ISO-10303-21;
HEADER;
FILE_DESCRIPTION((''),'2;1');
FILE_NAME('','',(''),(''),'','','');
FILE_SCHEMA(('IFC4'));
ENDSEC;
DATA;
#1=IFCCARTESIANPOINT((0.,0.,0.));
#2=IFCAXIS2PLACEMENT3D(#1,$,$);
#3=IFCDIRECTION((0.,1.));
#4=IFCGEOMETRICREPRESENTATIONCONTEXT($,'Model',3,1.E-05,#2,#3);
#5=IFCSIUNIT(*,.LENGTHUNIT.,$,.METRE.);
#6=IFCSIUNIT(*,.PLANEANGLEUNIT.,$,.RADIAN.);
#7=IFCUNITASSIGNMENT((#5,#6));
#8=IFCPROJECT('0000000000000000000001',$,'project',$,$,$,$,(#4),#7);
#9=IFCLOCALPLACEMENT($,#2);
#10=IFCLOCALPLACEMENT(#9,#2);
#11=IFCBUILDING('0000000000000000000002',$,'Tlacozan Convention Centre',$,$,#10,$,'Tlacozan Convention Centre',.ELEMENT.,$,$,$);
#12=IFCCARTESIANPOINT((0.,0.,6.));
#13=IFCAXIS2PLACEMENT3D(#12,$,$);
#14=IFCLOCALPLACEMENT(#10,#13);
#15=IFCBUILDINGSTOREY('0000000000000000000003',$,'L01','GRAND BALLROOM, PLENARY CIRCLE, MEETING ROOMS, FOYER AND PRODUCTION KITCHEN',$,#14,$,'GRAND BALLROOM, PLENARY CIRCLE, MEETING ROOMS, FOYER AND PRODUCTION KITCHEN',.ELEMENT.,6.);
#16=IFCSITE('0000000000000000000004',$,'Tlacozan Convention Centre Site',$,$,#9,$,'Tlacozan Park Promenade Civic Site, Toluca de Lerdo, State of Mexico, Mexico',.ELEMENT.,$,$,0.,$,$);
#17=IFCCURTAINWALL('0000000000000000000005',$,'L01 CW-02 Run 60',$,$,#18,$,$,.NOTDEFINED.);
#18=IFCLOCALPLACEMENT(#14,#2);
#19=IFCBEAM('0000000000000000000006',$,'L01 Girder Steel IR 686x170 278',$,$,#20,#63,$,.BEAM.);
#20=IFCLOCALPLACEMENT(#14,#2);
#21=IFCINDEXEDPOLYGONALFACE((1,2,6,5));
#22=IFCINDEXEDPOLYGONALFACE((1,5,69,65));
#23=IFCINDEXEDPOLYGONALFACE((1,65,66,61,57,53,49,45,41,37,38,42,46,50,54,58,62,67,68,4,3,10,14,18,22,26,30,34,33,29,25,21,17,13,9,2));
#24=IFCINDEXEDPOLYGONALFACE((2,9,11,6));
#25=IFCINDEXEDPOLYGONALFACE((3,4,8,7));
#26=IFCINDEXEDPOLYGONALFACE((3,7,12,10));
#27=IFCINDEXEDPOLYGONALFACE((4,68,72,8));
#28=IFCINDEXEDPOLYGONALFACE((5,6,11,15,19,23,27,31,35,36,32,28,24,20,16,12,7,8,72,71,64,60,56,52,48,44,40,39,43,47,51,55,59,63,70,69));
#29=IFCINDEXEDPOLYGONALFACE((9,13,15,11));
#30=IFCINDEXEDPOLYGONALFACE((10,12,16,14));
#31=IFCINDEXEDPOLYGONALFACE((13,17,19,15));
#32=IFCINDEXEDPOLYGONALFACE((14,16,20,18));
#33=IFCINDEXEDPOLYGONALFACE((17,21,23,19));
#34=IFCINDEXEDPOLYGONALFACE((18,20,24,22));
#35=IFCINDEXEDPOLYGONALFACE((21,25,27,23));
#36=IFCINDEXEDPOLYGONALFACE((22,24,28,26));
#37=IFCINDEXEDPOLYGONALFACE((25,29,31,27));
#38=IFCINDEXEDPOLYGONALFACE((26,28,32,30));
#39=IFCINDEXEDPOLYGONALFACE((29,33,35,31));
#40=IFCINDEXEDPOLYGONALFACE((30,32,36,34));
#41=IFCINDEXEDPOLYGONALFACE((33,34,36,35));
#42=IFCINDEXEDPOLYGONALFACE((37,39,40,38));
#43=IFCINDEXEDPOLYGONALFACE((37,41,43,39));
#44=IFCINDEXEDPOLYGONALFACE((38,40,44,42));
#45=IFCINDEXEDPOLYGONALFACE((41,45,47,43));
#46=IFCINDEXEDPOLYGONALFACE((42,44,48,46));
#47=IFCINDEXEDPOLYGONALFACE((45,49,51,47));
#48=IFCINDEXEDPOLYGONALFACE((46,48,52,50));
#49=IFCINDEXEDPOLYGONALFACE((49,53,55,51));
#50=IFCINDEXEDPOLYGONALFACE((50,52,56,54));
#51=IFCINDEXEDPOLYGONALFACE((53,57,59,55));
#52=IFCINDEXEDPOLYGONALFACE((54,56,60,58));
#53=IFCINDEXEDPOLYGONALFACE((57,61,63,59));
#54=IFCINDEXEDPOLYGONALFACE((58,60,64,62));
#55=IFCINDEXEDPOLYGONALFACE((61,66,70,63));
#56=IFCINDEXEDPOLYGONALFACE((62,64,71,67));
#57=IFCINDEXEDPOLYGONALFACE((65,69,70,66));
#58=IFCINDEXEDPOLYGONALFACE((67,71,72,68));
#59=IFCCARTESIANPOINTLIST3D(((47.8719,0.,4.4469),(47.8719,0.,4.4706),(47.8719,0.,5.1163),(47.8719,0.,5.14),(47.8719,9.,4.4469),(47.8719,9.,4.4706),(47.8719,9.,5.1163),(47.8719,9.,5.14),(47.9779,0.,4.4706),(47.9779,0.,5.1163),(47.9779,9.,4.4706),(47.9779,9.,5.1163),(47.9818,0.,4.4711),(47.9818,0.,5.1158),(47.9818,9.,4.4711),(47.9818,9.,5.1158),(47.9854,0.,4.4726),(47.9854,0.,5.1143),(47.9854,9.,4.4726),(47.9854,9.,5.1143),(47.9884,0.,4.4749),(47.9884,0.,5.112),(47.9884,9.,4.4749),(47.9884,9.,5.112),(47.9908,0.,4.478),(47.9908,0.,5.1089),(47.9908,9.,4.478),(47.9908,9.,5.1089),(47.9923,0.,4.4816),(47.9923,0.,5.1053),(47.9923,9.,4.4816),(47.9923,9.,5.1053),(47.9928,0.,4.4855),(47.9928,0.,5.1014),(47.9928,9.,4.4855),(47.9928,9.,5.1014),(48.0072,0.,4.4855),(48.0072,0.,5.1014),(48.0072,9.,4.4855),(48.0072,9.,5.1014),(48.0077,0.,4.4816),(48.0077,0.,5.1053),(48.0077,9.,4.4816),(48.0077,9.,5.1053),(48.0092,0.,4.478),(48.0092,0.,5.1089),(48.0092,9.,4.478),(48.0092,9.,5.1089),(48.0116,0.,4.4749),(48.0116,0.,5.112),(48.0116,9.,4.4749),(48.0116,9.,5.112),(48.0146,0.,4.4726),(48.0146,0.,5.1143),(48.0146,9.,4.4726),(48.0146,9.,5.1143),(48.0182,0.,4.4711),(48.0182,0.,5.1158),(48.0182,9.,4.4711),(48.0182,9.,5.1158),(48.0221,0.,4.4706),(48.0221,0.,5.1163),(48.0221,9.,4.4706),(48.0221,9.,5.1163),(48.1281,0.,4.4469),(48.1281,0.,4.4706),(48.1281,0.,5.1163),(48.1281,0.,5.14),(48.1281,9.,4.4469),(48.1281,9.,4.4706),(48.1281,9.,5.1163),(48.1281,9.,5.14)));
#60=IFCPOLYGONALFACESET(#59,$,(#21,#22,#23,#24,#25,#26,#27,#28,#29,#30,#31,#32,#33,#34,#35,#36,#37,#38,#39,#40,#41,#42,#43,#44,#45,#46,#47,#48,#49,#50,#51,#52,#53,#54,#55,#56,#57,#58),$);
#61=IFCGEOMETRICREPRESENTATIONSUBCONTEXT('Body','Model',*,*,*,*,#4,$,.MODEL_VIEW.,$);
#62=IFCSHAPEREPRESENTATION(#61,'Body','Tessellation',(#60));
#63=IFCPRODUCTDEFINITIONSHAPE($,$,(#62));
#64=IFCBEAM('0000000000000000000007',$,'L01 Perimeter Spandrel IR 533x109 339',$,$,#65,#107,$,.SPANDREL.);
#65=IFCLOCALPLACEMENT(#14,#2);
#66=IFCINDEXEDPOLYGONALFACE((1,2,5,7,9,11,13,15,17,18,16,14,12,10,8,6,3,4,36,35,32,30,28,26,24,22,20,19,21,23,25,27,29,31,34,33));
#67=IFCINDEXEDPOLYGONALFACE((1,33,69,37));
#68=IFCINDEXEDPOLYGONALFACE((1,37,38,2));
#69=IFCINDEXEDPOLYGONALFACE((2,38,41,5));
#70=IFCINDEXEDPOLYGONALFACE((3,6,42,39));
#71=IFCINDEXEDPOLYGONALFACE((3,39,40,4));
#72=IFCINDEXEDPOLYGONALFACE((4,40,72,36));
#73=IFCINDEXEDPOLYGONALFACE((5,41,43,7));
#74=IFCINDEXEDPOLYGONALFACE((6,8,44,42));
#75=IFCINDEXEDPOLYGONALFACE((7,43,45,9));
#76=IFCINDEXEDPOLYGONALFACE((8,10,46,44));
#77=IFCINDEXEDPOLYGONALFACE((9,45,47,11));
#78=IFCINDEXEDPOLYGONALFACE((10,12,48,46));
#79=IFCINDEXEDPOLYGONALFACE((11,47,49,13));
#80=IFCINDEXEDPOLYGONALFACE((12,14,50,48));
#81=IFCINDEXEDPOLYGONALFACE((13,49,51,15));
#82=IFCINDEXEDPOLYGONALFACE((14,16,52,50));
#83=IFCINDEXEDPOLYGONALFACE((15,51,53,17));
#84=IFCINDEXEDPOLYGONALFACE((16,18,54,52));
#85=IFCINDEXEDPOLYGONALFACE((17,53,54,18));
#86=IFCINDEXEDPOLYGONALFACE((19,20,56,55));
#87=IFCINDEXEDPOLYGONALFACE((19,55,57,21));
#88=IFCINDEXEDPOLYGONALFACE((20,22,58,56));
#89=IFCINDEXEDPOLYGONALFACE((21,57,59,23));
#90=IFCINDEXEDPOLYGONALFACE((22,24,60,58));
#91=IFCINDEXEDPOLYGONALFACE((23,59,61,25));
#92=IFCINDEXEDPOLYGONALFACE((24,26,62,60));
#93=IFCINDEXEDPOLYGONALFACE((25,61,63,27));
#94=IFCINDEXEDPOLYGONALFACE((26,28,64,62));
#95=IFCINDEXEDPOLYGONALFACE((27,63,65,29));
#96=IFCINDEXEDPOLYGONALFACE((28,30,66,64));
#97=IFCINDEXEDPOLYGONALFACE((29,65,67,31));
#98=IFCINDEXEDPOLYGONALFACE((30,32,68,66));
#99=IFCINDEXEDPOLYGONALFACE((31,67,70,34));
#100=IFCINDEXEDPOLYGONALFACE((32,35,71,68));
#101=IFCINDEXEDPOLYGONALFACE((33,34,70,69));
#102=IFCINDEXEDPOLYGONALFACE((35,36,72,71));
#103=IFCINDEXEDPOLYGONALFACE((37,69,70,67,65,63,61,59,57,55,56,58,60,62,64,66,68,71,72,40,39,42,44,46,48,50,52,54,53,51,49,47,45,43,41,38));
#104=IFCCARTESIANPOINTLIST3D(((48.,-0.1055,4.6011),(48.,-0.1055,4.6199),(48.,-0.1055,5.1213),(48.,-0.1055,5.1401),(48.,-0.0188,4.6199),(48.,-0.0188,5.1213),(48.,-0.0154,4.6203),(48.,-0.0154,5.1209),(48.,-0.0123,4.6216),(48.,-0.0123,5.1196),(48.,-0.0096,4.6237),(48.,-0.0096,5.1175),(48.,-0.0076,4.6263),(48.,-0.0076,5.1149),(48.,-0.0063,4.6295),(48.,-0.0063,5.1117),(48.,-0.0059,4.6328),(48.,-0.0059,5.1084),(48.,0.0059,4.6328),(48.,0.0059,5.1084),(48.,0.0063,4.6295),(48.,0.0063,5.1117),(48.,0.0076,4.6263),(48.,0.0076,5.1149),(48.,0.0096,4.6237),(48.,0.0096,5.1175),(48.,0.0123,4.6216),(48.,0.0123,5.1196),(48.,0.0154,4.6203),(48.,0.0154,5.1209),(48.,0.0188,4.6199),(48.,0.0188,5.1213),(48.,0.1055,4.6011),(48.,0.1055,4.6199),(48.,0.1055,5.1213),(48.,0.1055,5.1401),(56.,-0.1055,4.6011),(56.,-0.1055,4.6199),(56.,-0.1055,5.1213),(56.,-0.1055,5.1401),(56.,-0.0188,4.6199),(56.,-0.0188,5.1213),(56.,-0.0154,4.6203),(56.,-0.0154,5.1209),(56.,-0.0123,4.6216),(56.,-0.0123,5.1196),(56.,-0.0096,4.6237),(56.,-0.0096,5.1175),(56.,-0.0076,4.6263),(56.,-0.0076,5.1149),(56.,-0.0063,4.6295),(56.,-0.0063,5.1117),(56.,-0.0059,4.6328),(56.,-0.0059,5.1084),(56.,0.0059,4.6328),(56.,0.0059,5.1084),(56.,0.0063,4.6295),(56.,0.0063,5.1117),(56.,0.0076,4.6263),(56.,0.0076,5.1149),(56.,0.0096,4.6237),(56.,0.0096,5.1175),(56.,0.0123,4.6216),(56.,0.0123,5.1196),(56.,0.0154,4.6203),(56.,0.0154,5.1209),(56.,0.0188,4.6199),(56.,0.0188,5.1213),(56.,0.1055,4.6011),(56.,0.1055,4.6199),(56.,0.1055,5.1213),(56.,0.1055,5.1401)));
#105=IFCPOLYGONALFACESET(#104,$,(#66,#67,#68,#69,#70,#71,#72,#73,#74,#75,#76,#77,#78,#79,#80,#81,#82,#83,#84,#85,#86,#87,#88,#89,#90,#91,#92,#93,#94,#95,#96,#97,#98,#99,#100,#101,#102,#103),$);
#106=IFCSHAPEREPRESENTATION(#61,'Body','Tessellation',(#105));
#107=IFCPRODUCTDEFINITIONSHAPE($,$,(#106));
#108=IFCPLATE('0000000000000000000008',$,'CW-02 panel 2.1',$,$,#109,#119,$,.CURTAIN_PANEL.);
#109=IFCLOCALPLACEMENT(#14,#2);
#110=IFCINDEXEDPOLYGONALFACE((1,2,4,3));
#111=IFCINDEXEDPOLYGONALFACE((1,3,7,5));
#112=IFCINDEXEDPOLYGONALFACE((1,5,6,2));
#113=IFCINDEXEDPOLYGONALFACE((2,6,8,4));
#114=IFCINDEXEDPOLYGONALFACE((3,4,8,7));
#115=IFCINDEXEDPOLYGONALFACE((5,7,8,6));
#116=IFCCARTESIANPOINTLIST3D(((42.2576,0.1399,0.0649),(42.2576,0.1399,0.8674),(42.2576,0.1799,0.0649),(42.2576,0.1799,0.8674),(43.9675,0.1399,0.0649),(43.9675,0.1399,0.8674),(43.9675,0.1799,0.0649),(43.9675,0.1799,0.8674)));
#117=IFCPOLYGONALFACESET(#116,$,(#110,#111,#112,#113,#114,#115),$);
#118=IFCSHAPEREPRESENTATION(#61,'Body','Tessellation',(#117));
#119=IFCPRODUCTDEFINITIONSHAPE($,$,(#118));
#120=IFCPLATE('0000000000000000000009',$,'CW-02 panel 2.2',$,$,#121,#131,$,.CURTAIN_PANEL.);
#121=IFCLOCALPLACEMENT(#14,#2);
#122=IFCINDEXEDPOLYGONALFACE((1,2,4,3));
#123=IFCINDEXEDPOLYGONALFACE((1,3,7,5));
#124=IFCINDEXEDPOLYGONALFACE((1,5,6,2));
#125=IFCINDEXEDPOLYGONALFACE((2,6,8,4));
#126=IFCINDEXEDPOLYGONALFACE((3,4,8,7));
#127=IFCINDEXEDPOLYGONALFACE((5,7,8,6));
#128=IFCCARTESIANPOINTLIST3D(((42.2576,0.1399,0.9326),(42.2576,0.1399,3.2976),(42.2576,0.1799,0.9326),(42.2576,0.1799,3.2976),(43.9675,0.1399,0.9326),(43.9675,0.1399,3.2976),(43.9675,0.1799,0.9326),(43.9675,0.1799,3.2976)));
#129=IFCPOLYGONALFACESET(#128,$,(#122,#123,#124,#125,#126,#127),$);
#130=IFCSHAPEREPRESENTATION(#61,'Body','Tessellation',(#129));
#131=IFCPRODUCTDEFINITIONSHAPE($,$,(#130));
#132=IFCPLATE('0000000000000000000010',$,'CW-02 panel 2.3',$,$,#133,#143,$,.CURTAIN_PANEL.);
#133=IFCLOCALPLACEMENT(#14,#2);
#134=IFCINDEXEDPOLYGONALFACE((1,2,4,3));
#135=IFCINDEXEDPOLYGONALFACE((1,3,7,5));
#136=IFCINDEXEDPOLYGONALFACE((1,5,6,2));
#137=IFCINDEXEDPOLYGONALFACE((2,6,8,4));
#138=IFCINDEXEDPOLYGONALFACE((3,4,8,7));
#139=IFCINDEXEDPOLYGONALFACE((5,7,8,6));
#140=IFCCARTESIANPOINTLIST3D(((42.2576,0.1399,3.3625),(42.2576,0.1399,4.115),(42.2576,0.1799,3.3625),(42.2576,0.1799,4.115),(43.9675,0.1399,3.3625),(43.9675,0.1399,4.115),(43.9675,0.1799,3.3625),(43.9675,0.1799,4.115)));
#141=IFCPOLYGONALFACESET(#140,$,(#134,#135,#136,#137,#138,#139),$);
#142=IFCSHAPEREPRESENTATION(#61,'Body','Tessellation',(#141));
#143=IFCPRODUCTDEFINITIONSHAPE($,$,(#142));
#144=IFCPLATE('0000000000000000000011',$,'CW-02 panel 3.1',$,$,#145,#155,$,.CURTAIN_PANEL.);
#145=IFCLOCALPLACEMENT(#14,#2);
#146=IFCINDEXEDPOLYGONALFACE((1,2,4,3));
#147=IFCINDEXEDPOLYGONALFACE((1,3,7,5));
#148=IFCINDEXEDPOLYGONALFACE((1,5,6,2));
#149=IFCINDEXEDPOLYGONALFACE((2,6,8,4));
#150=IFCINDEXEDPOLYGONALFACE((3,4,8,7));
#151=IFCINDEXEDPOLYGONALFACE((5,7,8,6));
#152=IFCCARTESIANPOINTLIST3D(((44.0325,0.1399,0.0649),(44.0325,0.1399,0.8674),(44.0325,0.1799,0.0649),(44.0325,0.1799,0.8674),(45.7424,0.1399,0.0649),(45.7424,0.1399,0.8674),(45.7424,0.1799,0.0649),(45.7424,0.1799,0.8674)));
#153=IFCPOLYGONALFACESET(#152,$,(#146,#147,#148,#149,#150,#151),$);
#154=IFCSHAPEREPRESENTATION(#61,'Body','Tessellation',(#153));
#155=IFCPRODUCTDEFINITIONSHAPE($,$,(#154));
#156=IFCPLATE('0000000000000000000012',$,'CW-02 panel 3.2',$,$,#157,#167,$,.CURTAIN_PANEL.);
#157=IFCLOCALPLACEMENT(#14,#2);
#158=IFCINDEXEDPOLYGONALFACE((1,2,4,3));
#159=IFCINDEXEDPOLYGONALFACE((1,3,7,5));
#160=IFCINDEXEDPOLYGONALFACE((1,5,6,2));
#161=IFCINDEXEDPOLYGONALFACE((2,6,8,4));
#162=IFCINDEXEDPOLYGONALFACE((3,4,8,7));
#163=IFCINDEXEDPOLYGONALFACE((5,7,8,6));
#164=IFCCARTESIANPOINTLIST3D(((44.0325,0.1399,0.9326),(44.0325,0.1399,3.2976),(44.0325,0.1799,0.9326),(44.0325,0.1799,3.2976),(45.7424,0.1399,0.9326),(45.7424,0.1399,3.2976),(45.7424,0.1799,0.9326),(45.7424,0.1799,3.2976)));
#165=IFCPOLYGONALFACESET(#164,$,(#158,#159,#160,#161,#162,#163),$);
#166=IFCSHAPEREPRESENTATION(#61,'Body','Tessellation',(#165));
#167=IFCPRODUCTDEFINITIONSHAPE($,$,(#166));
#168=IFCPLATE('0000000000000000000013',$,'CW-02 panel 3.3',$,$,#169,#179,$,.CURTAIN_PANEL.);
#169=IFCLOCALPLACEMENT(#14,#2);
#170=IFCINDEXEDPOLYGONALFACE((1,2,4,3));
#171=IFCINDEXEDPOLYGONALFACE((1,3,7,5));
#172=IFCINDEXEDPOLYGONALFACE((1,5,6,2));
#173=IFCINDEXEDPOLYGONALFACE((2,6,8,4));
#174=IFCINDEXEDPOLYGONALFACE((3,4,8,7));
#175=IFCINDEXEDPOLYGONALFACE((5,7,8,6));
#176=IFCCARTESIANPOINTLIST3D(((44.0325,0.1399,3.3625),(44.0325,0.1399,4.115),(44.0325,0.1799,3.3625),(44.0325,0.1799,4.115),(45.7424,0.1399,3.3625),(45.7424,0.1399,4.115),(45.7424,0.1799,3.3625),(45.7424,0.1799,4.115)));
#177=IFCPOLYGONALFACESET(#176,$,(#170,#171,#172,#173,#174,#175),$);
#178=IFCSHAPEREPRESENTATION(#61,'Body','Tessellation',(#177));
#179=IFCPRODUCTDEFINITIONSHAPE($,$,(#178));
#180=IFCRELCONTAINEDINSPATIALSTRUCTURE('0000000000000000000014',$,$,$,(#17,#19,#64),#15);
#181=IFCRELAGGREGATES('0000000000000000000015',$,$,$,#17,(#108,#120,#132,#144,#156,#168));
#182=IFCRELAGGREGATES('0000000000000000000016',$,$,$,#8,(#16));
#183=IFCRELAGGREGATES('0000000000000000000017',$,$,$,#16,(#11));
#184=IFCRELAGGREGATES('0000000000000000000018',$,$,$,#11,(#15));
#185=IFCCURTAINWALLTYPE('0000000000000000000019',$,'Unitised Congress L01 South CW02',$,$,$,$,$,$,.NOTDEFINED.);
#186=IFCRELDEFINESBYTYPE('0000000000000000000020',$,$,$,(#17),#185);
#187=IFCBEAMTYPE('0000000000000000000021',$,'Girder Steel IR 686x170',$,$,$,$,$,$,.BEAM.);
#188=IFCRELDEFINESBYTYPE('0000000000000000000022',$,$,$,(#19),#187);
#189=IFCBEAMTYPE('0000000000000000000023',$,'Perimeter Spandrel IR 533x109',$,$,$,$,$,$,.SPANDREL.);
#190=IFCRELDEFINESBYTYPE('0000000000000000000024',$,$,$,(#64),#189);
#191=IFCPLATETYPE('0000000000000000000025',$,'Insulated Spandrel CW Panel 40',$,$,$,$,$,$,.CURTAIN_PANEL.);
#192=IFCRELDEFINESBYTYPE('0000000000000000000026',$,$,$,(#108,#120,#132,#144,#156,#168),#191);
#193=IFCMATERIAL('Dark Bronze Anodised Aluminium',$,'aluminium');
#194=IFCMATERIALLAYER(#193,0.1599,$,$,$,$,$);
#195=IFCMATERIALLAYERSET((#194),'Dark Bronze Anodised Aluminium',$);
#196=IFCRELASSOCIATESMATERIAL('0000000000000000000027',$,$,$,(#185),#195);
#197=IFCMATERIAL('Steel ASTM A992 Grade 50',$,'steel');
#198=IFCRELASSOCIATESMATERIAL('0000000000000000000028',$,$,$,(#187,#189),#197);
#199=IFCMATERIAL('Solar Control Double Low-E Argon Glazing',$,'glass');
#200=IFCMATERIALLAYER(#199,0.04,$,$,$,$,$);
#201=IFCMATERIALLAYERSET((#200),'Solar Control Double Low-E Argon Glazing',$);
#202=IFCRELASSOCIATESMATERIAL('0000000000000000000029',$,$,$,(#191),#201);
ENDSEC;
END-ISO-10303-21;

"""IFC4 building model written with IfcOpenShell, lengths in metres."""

from ifc_helpers import new_model, si_unit, direction, frame, origin, origin_2d, place, context, subcontext, project, spatial, rectangle, i_section, extrude, material, layer, layer_set, material_profile, profile_set, type_object, element, aggregate, save


model = new_model("IFC4")

# Units and contexts
model_context = context("Model", 3, precision=1e-05, world=origin(), true_north=direction((0.0, 1.0)))
body_context = subcontext(model_context, "Body", "Model", "MODEL_VIEW")
ifc_project = project(units=[si_unit("LENGTHUNIT", "METRE"), si_unit("PLANEANGLEUNIT", "RADIAN")], contexts=[model_context])

# Site, building, storey
site_placement = place(None, origin())
site = spatial("IfcSite", under=ifc_project, at=site_placement, Name="Tlacozan Convention Centre Site", LongName="Tlacozan Park Promenade Civic Site, Toluca de Lerdo, State of Mexico, Mexico", CompositionType="ELEMENT", RefElevation=0.0)
building_placement = place(site_placement, origin())
building = spatial("IfcBuilding", under=site, at=building_placement, Name="Tlacozan Convention Centre", LongName="Tlacozan Convention Centre", CompositionType="ELEMENT")
storey_placement = place(building_placement, frame((0.0, 0.0, 6.0)))
storey = spatial("IfcBuildingStorey", under=building, at=storey_placement, Name="L01", Description="GRAND BALLROOM, PLENARY CIRCLE, MEETING ROOMS, FOYER AND PRODUCTION KITCHEN", LongName="GRAND BALLROOM, PLENARY CIRCLE, MEETING ROOMS, FOYER AND PRODUCTION KITCHEN", CompositionType="ELEMENT", Elevation=6.0)

# Curtain wall
ifc_material_1 = material(Name="Dark Bronze Anodised Aluminium", Category="aluminium")
ifc_layer_1 = layer(ifc_material_1, 0.1599)
ifc_layer_set_1 = layer_set([ifc_layer_1], Name="Dark Bronze Anodised Aluminium")
curtain_wall_type = type_object("IfcCurtainWallType", Name="Unitised Congress L01 South CW02", PredefinedType="NOTDEFINED", material=ifc_layer_set_1)
curtain_wall_placement = place(storey_placement, origin())
curtain_wall = element("IfcCurtainWall", 1, at=curtain_wall_placement, inside=storey, type_object=curtain_wall_type, Name="L01 CW-02 Run 60", PredefinedType="NOTDEFINED")

# Beams
ifc_material_2 = material(Name="Steel ASTM A992 Grade 50", Category="steel")
ifc_material_profile_1 = material_profile(ifc_material_2, i_section(OverallWidth=0.2561, OverallDepth=0.6931, WebThickness=0.0144, FlangeThickness=0.0237, FilletRadius=0.0149, at=origin_2d()), Name="IR 686x170.0")
ifc_profile_set_1 = profile_set([ifc_material_profile_1], Name="Steel ASTM A992 Grade 50")
beam_type_1 = type_object("IfcBeamType", Name="Girder Steel IR 686x170", PredefinedType="BEAM", material=ifc_profile_set_1)
beam_1_placement = place(storey_placement, frame((48.0, 0.0, 4.7935), z_axis=(0.0, 1.0, 0.0), x_axis=(-1.0, 0.0, 0.0)))
element("IfcBeam", 2, at=beam_1_placement, inside=storey, type_object=beam_type_1, Name="L01 Girder Steel IR 686x170 278", PredefinedType="BEAM", context=body_context, shape_type="SweptSolid", body=[
    extrude(i_section(OverallWidth=0.2561, OverallDepth=0.6931, WebThickness=0.0144, FlangeThickness=0.0237, FilletRadius=0.0149, at=origin_2d()), origin(), (0.0, 0.0, 1.0), 9.0),
])
ifc_material_profile_2 = material_profile(ifc_material_2, i_section(OverallWidth=0.2109, OverallDepth=0.5391, WebThickness=0.0117, FlangeThickness=0.0188, FilletRadius=0.0129, at=origin_2d()), Name="IR 533x109.0")
ifc_profile_set_2 = profile_set([ifc_material_profile_2], Name="Steel ASTM A992 Grade 50")
beam_type_2 = type_object("IfcBeamType", Name="Perimeter Spandrel IR 533x109", PredefinedType="SPANDREL", material=ifc_profile_set_2)
beam_2_placement = place(storey_placement, frame((48.0, 0.0, 4.8706), z_axis=(1.0, 0.0, 0.0), x_axis=(0.0, 1.0, 0.0)))
element("IfcBeam", 3, at=beam_2_placement, inside=storey, type_object=beam_type_2, Name="L01 Perimeter Spandrel IR 533x109 339", PredefinedType="SPANDREL", context=body_context, shape_type="SweptSolid", body=[
    extrude(i_section(OverallWidth=0.2109, OverallDepth=0.5391, WebThickness=0.0117, FlangeThickness=0.0188, FilletRadius=0.0129, at=origin_2d()), origin(), (0.0, 0.0, 1.0), 8.0),
])

# Plates
ifc_material_3 = material(Name="Solar Control Double Low-E Argon Glazing", Category="glass")
ifc_layer_2 = layer(ifc_material_3, 0.04)
ifc_layer_set_2 = layer_set([ifc_layer_2], Name="Solar Control Double Low-E Argon Glazing")
plate_type = type_object("IfcPlateType", Name="Insulated Spandrel CW Panel 40", PredefinedType="CURTAIN_PANEL", material=ifc_layer_set_2)
plate_1_placement = place(storey_placement, frame((43.1125, 0.1599, 0.0649), z_axis=(0.0, 0.0, 1.0), x_axis=(1.0, 0.0, 0.0)))
plate_1 = element("IfcPlate", 4, at=plate_1_placement, type_object=plate_type, Name="CW-02 panel 2.1", PredefinedType="CURTAIN_PANEL", context=body_context, shape_type="SweptSolid", body=[
    extrude(rectangle(XDim=1.71, YDim=0.04, at=origin_2d()), origin(), (0.0, 0.0, 1.0), 0.8025),
])
plate_2_placement = place(storey_placement, frame((43.1125, 0.1599, 0.9326), z_axis=(0.0, 0.0, 1.0), x_axis=(1.0, 0.0, 0.0)))
plate_2 = element("IfcPlate", 5, at=plate_2_placement, type_object=plate_type, Name="CW-02 panel 2.2", PredefinedType="CURTAIN_PANEL", context=body_context, shape_type="SweptSolid", body=[
    extrude(rectangle(XDim=1.71, YDim=0.04, at=origin_2d()), origin(), (0.0, 0.0, 1.0), 2.365),
])
plate_3_placement = place(storey_placement, frame((43.1125, 0.1599, 3.3625), z_axis=(0.0, 0.0, 1.0), x_axis=(1.0, 0.0, 0.0)))
plate_3 = element("IfcPlate", 6, at=plate_3_placement, type_object=plate_type, Name="CW-02 panel 2.3", PredefinedType="CURTAIN_PANEL", context=body_context, shape_type="SweptSolid", body=[
    extrude(rectangle(XDim=1.71, YDim=0.04, at=origin_2d()), origin(), (0.0, 0.0, 1.0), 0.7524),
])
plate_4_placement = place(storey_placement, frame((44.8875, 0.1599, 0.0649), z_axis=(0.0, 0.0, 1.0), x_axis=(1.0, 0.0, 0.0)))
plate_4 = element("IfcPlate", 7, at=plate_4_placement, type_object=plate_type, Name="CW-02 panel 3.1", PredefinedType="CURTAIN_PANEL", context=body_context, shape_type="SweptSolid", body=[
    extrude(rectangle(XDim=1.71, YDim=0.04, at=origin_2d()), origin(), (0.0, 0.0, 1.0), 0.8025),
])
plate_5_placement = place(storey_placement, frame((44.8875, 0.1599, 0.9326), z_axis=(0.0, 0.0, 1.0), x_axis=(1.0, 0.0, 0.0)))
plate_5 = element("IfcPlate", 8, at=plate_5_placement, type_object=plate_type, Name="CW-02 panel 3.2", PredefinedType="CURTAIN_PANEL", context=body_context, shape_type="SweptSolid", body=[
    extrude(rectangle(XDim=1.71, YDim=0.04, at=origin_2d()), origin(), (0.0, 0.0, 1.0), 2.365),
])
plate_6_placement = place(storey_placement, frame((44.8875, 0.1599, 3.3625), z_axis=(0.0, 0.0, 1.0), x_axis=(1.0, 0.0, 0.0)))
plate_6 = element("IfcPlate", 9, at=plate_6_placement, type_object=plate_type, Name="CW-02 panel 3.3", PredefinedType="CURTAIN_PANEL", context=body_context, shape_type="SweptSolid", body=[
    extrude(rectangle(XDim=1.71, YDim=0.04, at=origin_2d()), origin(), (0.0, 0.0, 1.0), 0.7524),
])
aggregate(curtain_wall, [plate_1, plate_2, plate_3, plate_4, plate_5, plate_6])

save(model, "model.ifc")
